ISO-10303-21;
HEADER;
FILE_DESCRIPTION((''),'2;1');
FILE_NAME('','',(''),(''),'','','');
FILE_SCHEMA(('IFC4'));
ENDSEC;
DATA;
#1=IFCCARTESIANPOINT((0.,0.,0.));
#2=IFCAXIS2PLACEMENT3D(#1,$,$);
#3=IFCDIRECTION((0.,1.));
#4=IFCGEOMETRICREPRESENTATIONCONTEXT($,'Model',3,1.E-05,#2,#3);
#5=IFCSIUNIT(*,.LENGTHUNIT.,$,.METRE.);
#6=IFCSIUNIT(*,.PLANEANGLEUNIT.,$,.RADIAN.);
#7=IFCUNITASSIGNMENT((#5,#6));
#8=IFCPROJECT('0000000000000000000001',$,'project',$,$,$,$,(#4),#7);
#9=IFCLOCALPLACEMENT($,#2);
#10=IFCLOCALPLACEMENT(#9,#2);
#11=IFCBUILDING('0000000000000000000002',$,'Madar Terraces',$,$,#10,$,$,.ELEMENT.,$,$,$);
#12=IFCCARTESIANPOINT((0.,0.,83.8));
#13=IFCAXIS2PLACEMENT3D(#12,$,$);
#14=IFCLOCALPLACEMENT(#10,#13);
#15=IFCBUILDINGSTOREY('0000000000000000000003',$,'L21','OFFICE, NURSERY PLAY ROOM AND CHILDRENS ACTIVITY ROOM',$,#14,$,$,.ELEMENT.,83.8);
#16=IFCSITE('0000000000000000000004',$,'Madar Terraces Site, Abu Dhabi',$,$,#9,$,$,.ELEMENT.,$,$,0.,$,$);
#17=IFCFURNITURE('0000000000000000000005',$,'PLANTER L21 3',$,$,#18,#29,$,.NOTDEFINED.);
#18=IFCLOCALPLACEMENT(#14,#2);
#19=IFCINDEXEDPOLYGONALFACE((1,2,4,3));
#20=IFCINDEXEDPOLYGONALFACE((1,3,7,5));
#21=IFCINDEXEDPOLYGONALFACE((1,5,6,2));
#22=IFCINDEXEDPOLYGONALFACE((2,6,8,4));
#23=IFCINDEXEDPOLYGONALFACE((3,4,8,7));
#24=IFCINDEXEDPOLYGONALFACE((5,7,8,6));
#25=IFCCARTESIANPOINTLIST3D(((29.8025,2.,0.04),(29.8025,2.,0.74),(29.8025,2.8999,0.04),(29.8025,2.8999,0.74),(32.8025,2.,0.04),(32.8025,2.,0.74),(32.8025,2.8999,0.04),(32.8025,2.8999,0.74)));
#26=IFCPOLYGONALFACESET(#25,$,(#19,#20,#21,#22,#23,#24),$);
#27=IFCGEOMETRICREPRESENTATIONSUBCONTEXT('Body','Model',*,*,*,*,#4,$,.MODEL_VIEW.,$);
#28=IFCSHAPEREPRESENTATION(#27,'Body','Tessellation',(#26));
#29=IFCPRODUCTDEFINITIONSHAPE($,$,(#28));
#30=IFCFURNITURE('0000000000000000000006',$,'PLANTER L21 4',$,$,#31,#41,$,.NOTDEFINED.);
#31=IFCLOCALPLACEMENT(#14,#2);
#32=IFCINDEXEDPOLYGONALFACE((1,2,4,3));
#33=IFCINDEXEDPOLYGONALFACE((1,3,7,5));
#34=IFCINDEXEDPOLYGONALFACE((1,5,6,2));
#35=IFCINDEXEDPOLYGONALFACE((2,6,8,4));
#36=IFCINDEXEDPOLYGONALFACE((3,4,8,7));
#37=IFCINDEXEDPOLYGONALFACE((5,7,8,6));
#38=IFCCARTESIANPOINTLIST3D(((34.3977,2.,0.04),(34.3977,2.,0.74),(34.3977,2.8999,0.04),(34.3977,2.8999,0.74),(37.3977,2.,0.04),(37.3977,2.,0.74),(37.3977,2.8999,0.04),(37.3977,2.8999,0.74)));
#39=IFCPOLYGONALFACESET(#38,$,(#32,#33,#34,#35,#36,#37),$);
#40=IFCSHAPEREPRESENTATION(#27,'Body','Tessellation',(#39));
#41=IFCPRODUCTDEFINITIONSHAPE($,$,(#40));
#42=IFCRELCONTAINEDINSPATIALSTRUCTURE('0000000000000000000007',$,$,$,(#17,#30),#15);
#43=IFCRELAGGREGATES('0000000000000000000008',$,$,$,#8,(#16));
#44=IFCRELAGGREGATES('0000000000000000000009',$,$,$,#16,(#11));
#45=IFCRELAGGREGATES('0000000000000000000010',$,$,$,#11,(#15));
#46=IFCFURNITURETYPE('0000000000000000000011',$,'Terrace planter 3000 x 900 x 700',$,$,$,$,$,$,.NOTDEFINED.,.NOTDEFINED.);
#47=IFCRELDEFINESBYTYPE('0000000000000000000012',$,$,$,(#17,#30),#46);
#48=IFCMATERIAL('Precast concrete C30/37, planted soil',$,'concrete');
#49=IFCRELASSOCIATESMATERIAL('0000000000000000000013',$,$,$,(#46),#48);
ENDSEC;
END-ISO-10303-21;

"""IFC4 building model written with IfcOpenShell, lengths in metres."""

from ifc_helpers import new_model, si_unit, direction, frame, origin, origin_2d, place, context, subcontext, project, spatial, rectangle, extrude, material, type_object, element, save


model = new_model("IFC4")

# Units and contexts
model_context = context("Model", 3, precision=1e-05, world=origin(), true_north=direction((0.0, 1.0)))
body_context = subcontext(model_context, "Body", "Model", "MODEL_VIEW")
ifc_project = project(units=[si_unit("LENGTHUNIT", "METRE"), si_unit("PLANEANGLEUNIT", "RADIAN")], contexts=[model_context])

# Site, building, storey
site_placement = place(None, origin())
site = spatial("IfcSite", under=ifc_project, at=site_placement, Name="Madar Terraces Site, Abu Dhabi", CompositionType="ELEMENT", RefElevation=0.0)
building_placement = place(site_placement, origin())
building = spatial("IfcBuilding", under=site, at=building_placement, Name="Madar Terraces", CompositionType="ELEMENT")
storey_placement = place(building_placement, frame((0.0, 0.0, 83.8)))
storey = spatial("IfcBuildingStorey", under=building, at=storey_placement, Name="L21", Description="OFFICE, NURSERY PLAY ROOM AND CHILDRENS ACTIVITY ROOM", CompositionType="ELEMENT", Elevation=83.8)

# Furniture
ifc_material_1 = material(Name="Precast concrete C30/37, planted soil", Category="concrete")
furniture_type = type_object("IfcFurnitureType", Name="Terrace planter 3000 x 900 x 700", AssemblyPlace="NOTDEFINED", PredefinedType="NOTDEFINED", material=ifc_material_1)
for number, where, z_axis, x_axis, name in (
    (1, (31.3025, 2.45, 0.04), (0.0, 0.0, 1.0), (1.0, 0.0, 0.0), "PLANTER L21 3"),
    (2, (35.8977, 2.45, 0.04), (0.0, 0.0, 1.0), (1.0, 0.0, 0.0), "PLANTER L21 4"),
):
    element("IfcFurniture", number, at=place(storey_placement, frame(where, z_axis=z_axis, x_axis=x_axis)), inside=storey, type_object=furniture_type, Name=name, PredefinedType="NOTDEFINED", context=body_context, shape_type="SweptSolid", body=[
        extrude(rectangle(XDim=3.0, YDim=0.8999, at=origin_2d()), origin(), (0.0, 0.0, 1.0), 0.7),
    ])

save(model, "model.ifc")
